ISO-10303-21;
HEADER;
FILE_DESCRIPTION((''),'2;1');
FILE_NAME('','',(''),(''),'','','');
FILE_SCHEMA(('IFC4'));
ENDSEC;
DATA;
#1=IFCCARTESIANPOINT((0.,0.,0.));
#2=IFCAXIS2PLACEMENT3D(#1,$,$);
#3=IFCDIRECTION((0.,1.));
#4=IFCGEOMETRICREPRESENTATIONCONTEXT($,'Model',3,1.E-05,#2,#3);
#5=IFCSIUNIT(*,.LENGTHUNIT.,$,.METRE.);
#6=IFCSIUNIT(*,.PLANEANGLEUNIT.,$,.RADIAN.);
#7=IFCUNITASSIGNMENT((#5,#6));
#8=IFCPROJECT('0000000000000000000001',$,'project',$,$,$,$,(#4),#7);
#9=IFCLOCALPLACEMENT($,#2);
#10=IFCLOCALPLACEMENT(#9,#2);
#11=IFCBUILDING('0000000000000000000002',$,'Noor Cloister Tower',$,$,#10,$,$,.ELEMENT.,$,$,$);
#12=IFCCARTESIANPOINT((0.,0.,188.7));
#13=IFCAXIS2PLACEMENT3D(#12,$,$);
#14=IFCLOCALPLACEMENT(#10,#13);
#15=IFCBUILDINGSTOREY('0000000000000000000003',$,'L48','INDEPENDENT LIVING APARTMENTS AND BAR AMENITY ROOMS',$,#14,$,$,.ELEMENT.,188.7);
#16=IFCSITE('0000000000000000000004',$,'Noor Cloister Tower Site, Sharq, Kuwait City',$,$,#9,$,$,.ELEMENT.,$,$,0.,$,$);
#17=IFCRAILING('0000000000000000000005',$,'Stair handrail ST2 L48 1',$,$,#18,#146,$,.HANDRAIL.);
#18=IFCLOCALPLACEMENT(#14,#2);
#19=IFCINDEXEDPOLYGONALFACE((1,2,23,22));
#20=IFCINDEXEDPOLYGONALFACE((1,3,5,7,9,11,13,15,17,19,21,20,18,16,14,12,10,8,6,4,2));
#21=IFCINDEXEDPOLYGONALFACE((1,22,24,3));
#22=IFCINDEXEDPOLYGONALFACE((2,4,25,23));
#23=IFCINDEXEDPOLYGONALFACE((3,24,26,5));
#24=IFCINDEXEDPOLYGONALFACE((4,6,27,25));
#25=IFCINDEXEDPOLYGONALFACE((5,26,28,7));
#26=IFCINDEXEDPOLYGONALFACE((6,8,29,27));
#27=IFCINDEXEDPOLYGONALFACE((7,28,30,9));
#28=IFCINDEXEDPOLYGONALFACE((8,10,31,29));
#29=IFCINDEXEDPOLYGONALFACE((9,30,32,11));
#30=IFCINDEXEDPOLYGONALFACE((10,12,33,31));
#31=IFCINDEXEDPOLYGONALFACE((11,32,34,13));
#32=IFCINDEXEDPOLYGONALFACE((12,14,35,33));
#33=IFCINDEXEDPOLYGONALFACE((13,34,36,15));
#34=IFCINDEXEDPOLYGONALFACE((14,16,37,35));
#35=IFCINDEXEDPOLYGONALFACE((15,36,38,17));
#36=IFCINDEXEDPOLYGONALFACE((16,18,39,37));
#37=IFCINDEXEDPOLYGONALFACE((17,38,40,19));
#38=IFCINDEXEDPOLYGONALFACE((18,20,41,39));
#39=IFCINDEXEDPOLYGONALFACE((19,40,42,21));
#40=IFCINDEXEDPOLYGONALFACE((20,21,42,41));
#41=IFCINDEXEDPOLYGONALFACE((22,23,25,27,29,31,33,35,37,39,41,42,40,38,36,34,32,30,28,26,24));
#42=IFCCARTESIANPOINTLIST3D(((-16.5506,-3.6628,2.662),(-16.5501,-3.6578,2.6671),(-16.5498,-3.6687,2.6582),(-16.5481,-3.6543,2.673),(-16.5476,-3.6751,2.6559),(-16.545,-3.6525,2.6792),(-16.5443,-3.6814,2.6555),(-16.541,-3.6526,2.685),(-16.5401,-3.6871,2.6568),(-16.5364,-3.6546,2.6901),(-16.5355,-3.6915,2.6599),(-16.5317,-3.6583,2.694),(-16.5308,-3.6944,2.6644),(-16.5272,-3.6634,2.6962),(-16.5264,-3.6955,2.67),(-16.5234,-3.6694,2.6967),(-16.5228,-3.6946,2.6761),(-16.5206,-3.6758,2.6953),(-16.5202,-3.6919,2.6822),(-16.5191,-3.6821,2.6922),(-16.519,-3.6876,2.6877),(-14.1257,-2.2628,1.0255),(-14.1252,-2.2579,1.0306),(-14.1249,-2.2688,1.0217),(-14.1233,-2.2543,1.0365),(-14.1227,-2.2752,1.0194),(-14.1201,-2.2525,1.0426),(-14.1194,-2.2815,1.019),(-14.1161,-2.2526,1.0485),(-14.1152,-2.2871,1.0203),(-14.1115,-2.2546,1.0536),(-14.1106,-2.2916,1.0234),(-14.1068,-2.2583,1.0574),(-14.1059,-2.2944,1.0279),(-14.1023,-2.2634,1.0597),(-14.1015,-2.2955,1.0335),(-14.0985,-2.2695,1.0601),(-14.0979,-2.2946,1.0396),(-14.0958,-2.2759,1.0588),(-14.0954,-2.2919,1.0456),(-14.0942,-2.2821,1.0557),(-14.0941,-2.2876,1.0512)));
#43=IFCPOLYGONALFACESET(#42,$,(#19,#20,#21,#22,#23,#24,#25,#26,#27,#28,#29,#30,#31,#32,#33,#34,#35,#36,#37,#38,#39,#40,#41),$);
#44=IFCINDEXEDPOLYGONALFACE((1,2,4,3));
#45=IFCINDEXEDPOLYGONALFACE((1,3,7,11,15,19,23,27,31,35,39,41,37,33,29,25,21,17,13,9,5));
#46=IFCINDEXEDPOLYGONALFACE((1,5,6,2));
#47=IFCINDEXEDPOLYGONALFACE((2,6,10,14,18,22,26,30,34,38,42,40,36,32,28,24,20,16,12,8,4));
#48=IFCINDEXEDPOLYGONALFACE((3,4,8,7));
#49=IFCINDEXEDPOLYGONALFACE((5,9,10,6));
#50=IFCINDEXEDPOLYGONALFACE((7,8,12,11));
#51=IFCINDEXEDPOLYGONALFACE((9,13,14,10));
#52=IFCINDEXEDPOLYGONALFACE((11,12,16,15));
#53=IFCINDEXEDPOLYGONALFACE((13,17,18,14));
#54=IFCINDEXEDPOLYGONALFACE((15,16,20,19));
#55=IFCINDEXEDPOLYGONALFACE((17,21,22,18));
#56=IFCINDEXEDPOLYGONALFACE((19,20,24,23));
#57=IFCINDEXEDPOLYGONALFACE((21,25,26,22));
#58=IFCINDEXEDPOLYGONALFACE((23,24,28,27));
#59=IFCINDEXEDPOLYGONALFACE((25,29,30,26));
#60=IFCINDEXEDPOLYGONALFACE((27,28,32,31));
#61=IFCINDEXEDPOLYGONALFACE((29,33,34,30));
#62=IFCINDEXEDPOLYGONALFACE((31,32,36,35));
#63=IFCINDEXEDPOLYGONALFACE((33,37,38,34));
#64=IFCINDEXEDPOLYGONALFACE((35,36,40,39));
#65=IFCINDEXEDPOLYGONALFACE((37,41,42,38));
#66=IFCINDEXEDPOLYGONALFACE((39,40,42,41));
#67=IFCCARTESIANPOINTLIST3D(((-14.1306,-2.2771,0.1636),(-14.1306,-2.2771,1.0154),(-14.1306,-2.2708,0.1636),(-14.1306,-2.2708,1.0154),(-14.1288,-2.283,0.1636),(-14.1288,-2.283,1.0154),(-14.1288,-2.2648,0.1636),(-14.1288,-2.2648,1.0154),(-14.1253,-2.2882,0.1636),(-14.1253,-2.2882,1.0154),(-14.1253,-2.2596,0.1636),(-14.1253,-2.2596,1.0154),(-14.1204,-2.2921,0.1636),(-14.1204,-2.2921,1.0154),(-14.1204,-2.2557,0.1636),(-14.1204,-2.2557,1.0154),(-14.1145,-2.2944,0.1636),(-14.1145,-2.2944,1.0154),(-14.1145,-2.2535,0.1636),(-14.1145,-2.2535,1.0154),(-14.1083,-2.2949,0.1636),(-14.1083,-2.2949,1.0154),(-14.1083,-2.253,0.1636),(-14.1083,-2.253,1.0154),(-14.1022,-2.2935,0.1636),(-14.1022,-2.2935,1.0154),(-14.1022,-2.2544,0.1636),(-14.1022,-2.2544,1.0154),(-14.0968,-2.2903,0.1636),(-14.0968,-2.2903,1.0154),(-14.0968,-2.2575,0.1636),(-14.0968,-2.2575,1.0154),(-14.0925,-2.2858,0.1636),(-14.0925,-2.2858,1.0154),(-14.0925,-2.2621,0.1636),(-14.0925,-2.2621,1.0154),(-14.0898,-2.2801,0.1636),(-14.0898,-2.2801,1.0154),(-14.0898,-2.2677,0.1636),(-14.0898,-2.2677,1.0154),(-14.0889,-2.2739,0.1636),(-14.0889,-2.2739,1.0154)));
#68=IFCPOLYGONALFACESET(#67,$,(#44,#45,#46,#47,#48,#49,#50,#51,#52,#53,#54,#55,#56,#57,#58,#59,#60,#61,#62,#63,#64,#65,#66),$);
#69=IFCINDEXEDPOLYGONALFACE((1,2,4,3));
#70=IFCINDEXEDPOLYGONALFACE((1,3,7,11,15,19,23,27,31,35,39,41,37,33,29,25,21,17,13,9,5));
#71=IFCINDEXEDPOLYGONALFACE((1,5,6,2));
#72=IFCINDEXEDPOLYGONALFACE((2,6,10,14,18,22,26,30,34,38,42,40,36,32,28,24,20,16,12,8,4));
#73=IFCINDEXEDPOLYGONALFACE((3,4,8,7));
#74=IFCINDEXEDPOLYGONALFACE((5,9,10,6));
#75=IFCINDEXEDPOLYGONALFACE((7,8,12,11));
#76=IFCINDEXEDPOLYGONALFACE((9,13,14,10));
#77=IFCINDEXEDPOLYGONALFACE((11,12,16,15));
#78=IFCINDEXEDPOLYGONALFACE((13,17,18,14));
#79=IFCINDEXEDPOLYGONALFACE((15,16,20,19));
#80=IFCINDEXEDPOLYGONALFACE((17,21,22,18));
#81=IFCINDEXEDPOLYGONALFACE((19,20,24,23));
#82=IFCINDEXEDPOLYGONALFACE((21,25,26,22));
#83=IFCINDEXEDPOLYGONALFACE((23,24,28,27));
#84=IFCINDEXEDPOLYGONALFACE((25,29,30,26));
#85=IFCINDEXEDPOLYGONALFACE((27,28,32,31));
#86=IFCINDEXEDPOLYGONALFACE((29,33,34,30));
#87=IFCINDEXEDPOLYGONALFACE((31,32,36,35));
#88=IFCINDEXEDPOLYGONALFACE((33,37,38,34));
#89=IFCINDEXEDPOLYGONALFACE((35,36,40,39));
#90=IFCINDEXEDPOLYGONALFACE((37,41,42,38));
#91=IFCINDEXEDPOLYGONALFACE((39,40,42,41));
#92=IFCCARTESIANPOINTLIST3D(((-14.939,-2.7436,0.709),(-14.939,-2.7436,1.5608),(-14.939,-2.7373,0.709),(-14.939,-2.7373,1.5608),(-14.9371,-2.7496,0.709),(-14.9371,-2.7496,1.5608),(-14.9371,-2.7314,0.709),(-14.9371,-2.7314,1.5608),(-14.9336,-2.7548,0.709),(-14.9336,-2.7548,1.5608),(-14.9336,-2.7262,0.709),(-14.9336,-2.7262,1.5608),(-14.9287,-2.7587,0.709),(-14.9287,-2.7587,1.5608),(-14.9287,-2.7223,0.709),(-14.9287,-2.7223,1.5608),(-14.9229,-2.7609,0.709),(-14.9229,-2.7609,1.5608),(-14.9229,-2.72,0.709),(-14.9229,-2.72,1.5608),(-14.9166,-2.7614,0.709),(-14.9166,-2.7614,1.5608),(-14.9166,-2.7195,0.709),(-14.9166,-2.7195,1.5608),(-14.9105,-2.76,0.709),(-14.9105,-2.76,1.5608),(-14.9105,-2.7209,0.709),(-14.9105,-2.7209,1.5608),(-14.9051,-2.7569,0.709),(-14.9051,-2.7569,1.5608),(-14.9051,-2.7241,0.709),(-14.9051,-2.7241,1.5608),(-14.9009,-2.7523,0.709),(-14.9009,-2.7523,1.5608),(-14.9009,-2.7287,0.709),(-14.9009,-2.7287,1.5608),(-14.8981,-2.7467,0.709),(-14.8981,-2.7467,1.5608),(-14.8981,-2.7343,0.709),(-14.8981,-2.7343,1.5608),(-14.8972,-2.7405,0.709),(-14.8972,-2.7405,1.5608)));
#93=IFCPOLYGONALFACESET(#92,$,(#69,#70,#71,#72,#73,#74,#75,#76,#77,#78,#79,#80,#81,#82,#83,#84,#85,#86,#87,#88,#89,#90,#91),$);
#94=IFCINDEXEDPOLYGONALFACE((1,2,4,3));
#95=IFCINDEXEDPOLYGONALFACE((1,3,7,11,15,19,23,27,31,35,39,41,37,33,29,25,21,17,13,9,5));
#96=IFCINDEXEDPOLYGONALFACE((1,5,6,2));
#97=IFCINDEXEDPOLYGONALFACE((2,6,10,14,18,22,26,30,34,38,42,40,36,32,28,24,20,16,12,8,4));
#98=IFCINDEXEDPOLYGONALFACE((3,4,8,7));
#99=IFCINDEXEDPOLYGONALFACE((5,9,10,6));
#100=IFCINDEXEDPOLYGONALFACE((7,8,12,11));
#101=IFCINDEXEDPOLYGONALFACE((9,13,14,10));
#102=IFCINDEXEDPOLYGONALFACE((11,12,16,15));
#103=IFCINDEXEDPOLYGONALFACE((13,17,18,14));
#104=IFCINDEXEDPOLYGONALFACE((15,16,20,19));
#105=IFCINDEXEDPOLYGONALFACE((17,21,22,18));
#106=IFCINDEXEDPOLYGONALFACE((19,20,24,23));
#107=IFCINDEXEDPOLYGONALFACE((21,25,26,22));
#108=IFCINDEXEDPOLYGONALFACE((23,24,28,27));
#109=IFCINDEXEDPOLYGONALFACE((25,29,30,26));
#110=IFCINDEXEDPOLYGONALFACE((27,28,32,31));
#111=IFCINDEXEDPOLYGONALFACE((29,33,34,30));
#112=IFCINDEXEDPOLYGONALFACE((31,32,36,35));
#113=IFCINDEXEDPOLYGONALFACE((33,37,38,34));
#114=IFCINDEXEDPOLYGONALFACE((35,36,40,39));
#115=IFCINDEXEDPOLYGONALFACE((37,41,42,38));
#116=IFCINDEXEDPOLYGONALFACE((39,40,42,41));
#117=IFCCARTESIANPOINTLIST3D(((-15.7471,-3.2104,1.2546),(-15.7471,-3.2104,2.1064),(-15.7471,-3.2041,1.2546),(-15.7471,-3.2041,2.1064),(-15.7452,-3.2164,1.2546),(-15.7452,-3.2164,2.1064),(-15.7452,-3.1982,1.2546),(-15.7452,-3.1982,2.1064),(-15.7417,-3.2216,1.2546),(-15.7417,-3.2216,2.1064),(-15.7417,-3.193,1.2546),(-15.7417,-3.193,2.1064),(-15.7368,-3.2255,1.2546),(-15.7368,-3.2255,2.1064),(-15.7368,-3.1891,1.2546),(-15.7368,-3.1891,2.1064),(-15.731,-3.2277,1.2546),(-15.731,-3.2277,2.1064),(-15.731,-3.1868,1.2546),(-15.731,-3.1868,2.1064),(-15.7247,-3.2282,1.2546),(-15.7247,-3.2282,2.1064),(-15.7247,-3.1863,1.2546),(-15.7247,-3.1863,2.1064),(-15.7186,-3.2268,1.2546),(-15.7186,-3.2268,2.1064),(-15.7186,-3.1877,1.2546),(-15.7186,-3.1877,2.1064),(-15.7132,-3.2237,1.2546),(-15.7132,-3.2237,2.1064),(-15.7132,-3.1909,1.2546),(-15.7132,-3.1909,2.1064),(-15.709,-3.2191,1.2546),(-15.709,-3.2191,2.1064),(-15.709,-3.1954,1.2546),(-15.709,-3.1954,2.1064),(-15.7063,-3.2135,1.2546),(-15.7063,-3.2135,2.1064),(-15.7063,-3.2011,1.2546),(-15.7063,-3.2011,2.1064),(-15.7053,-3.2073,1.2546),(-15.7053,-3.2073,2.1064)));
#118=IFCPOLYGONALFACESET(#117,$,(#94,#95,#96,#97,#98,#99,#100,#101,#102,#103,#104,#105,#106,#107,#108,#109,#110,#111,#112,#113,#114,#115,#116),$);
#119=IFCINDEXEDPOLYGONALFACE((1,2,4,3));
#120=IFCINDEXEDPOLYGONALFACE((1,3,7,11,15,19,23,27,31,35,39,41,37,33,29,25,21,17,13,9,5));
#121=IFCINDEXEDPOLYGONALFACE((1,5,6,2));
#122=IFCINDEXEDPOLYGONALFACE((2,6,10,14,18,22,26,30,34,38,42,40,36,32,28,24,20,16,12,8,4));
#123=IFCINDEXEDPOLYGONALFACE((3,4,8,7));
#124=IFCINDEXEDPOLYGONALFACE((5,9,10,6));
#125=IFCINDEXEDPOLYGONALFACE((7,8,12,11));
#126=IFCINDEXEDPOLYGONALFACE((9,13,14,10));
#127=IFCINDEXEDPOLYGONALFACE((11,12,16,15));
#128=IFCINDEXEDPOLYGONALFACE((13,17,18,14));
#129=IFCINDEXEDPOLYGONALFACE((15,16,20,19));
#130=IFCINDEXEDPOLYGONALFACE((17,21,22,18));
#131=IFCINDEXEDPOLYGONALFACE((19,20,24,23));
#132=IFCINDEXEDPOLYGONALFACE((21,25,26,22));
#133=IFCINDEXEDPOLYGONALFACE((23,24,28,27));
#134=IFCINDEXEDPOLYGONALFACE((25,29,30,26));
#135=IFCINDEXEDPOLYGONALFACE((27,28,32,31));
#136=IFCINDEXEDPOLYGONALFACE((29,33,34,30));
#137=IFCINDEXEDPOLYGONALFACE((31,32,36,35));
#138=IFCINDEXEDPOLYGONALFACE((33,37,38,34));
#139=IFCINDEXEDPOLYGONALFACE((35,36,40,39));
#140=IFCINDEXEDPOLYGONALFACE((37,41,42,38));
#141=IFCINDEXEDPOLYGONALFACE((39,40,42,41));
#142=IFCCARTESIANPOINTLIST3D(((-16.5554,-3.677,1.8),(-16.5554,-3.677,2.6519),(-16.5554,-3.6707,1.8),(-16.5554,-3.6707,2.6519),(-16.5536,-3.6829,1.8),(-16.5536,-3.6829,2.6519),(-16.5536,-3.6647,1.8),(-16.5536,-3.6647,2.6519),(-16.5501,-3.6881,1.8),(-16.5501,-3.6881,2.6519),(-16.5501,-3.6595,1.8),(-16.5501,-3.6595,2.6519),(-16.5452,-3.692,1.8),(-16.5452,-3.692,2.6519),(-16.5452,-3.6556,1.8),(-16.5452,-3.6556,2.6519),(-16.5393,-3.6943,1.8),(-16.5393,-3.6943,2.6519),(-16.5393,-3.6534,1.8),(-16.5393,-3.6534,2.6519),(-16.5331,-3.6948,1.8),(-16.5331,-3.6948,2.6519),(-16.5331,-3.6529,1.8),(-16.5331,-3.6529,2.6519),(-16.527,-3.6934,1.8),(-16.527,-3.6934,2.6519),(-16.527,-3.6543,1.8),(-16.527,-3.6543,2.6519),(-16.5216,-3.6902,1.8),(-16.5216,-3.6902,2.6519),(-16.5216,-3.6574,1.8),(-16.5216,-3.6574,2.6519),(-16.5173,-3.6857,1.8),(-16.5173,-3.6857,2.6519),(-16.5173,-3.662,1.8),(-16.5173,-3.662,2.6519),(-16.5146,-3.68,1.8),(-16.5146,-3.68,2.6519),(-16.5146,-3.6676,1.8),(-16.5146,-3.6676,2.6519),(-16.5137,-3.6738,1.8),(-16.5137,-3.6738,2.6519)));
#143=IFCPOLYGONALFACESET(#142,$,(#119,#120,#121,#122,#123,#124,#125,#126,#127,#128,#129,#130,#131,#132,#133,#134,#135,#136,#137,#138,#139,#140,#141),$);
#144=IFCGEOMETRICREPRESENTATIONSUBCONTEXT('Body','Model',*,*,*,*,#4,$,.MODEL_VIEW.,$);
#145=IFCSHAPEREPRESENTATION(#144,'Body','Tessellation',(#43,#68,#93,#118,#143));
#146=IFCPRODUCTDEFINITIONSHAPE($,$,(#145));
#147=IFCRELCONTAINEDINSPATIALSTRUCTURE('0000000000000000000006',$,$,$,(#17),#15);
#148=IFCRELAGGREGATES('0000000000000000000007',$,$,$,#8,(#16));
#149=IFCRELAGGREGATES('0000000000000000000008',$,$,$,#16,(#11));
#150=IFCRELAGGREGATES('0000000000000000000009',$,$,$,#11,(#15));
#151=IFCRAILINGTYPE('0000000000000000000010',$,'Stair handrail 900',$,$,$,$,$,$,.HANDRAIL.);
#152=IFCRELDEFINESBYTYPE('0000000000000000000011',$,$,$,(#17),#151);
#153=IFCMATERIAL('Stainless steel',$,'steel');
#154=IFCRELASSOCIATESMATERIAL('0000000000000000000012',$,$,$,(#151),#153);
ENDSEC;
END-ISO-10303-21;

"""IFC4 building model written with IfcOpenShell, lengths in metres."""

from ifc_helpers import new_model, si_unit, direction, frame, origin, origin_2d, place, context, subcontext, project, spatial, circle, extrude, material, type_object, element, save


model = new_model("IFC4")

# Units and contexts
model_context = context("Model", 3, precision=1e-05, world=origin(), true_north=direction((0.0, 1.0)))
body_context = subcontext(model_context, "Body", "Model", "MODEL_VIEW")
ifc_project = project(units=[si_unit("LENGTHUNIT", "METRE"), si_unit("PLANEANGLEUNIT", "RADIAN")], contexts=[model_context])

# Site, building, storey
site_placement = place(None, origin())
site = spatial("IfcSite", under=ifc_project, at=site_placement, Name="Noor Cloister Tower Site, Sharq, Kuwait City", CompositionType="ELEMENT", RefElevation=0.0)
building_placement = place(site_placement, origin())
building = spatial("IfcBuilding", under=site, at=building_placement, Name="Noor Cloister Tower", CompositionType="ELEMENT")
storey_placement = place(building_placement, frame((0.0, 0.0, 188.7)))
storey = spatial("IfcBuildingStorey", under=building, at=storey_placement, Name="L48", Description="INDEPENDENT LIVING APARTMENTS AND BAR AMENITY ROOMS", CompositionType="ELEMENT", Elevation=188.7)

# Railing
ifc_material_1 = material(Name="Stainless steel", Category="steel")
railing_type_1 = type_object("IfcRailingType", Name="Stair handrail 900", PredefinedType="HANDRAIL", material=ifc_material_1)
railing_1_placement = place(storey_placement, frame((-14.1099, -2.2739, 0.1636)))
element("IfcRailing", 1, at=railing_1_placement, inside=storey, type_object=railing_type_1, Name="Stair handrail ST2 L48 1", PredefinedType="HANDRAIL", context=body_context, shape_type="SweptSolid", body=[
    extrude(circle(Radius=0.0239, at=origin_2d()), frame((0.0, 0.0, 0.876), z_axis=(-0.74769, -0.431661, 0.504608), x_axis=(0.499984, -0.866035, 0.0)), (0.0, 0.0, 1.0), 3.2432),
    extrude(circle(Radius=0.021, at=origin_2d()), origin(), (0.0, 0.0, 1.0), 0.8518),
    extrude(circle(Radius=0.021, at=origin_2d()), frame((-0.8083, -0.4666, 0.5454)), (0.0, 0.0, 1.0), 0.8518),
    extrude(circle(Radius=0.021, at=origin_2d()), frame((-1.6165, -0.9333, 1.0911)), (0.0, 0.0, 1.0), 0.8518),
    extrude(circle(Radius=0.021, at=origin_2d()), frame((-2.4248, -1.3999, 1.6365)), (0.0, 0.0, 1.0), 0.8518),
])

save(model, "model.ifc")
